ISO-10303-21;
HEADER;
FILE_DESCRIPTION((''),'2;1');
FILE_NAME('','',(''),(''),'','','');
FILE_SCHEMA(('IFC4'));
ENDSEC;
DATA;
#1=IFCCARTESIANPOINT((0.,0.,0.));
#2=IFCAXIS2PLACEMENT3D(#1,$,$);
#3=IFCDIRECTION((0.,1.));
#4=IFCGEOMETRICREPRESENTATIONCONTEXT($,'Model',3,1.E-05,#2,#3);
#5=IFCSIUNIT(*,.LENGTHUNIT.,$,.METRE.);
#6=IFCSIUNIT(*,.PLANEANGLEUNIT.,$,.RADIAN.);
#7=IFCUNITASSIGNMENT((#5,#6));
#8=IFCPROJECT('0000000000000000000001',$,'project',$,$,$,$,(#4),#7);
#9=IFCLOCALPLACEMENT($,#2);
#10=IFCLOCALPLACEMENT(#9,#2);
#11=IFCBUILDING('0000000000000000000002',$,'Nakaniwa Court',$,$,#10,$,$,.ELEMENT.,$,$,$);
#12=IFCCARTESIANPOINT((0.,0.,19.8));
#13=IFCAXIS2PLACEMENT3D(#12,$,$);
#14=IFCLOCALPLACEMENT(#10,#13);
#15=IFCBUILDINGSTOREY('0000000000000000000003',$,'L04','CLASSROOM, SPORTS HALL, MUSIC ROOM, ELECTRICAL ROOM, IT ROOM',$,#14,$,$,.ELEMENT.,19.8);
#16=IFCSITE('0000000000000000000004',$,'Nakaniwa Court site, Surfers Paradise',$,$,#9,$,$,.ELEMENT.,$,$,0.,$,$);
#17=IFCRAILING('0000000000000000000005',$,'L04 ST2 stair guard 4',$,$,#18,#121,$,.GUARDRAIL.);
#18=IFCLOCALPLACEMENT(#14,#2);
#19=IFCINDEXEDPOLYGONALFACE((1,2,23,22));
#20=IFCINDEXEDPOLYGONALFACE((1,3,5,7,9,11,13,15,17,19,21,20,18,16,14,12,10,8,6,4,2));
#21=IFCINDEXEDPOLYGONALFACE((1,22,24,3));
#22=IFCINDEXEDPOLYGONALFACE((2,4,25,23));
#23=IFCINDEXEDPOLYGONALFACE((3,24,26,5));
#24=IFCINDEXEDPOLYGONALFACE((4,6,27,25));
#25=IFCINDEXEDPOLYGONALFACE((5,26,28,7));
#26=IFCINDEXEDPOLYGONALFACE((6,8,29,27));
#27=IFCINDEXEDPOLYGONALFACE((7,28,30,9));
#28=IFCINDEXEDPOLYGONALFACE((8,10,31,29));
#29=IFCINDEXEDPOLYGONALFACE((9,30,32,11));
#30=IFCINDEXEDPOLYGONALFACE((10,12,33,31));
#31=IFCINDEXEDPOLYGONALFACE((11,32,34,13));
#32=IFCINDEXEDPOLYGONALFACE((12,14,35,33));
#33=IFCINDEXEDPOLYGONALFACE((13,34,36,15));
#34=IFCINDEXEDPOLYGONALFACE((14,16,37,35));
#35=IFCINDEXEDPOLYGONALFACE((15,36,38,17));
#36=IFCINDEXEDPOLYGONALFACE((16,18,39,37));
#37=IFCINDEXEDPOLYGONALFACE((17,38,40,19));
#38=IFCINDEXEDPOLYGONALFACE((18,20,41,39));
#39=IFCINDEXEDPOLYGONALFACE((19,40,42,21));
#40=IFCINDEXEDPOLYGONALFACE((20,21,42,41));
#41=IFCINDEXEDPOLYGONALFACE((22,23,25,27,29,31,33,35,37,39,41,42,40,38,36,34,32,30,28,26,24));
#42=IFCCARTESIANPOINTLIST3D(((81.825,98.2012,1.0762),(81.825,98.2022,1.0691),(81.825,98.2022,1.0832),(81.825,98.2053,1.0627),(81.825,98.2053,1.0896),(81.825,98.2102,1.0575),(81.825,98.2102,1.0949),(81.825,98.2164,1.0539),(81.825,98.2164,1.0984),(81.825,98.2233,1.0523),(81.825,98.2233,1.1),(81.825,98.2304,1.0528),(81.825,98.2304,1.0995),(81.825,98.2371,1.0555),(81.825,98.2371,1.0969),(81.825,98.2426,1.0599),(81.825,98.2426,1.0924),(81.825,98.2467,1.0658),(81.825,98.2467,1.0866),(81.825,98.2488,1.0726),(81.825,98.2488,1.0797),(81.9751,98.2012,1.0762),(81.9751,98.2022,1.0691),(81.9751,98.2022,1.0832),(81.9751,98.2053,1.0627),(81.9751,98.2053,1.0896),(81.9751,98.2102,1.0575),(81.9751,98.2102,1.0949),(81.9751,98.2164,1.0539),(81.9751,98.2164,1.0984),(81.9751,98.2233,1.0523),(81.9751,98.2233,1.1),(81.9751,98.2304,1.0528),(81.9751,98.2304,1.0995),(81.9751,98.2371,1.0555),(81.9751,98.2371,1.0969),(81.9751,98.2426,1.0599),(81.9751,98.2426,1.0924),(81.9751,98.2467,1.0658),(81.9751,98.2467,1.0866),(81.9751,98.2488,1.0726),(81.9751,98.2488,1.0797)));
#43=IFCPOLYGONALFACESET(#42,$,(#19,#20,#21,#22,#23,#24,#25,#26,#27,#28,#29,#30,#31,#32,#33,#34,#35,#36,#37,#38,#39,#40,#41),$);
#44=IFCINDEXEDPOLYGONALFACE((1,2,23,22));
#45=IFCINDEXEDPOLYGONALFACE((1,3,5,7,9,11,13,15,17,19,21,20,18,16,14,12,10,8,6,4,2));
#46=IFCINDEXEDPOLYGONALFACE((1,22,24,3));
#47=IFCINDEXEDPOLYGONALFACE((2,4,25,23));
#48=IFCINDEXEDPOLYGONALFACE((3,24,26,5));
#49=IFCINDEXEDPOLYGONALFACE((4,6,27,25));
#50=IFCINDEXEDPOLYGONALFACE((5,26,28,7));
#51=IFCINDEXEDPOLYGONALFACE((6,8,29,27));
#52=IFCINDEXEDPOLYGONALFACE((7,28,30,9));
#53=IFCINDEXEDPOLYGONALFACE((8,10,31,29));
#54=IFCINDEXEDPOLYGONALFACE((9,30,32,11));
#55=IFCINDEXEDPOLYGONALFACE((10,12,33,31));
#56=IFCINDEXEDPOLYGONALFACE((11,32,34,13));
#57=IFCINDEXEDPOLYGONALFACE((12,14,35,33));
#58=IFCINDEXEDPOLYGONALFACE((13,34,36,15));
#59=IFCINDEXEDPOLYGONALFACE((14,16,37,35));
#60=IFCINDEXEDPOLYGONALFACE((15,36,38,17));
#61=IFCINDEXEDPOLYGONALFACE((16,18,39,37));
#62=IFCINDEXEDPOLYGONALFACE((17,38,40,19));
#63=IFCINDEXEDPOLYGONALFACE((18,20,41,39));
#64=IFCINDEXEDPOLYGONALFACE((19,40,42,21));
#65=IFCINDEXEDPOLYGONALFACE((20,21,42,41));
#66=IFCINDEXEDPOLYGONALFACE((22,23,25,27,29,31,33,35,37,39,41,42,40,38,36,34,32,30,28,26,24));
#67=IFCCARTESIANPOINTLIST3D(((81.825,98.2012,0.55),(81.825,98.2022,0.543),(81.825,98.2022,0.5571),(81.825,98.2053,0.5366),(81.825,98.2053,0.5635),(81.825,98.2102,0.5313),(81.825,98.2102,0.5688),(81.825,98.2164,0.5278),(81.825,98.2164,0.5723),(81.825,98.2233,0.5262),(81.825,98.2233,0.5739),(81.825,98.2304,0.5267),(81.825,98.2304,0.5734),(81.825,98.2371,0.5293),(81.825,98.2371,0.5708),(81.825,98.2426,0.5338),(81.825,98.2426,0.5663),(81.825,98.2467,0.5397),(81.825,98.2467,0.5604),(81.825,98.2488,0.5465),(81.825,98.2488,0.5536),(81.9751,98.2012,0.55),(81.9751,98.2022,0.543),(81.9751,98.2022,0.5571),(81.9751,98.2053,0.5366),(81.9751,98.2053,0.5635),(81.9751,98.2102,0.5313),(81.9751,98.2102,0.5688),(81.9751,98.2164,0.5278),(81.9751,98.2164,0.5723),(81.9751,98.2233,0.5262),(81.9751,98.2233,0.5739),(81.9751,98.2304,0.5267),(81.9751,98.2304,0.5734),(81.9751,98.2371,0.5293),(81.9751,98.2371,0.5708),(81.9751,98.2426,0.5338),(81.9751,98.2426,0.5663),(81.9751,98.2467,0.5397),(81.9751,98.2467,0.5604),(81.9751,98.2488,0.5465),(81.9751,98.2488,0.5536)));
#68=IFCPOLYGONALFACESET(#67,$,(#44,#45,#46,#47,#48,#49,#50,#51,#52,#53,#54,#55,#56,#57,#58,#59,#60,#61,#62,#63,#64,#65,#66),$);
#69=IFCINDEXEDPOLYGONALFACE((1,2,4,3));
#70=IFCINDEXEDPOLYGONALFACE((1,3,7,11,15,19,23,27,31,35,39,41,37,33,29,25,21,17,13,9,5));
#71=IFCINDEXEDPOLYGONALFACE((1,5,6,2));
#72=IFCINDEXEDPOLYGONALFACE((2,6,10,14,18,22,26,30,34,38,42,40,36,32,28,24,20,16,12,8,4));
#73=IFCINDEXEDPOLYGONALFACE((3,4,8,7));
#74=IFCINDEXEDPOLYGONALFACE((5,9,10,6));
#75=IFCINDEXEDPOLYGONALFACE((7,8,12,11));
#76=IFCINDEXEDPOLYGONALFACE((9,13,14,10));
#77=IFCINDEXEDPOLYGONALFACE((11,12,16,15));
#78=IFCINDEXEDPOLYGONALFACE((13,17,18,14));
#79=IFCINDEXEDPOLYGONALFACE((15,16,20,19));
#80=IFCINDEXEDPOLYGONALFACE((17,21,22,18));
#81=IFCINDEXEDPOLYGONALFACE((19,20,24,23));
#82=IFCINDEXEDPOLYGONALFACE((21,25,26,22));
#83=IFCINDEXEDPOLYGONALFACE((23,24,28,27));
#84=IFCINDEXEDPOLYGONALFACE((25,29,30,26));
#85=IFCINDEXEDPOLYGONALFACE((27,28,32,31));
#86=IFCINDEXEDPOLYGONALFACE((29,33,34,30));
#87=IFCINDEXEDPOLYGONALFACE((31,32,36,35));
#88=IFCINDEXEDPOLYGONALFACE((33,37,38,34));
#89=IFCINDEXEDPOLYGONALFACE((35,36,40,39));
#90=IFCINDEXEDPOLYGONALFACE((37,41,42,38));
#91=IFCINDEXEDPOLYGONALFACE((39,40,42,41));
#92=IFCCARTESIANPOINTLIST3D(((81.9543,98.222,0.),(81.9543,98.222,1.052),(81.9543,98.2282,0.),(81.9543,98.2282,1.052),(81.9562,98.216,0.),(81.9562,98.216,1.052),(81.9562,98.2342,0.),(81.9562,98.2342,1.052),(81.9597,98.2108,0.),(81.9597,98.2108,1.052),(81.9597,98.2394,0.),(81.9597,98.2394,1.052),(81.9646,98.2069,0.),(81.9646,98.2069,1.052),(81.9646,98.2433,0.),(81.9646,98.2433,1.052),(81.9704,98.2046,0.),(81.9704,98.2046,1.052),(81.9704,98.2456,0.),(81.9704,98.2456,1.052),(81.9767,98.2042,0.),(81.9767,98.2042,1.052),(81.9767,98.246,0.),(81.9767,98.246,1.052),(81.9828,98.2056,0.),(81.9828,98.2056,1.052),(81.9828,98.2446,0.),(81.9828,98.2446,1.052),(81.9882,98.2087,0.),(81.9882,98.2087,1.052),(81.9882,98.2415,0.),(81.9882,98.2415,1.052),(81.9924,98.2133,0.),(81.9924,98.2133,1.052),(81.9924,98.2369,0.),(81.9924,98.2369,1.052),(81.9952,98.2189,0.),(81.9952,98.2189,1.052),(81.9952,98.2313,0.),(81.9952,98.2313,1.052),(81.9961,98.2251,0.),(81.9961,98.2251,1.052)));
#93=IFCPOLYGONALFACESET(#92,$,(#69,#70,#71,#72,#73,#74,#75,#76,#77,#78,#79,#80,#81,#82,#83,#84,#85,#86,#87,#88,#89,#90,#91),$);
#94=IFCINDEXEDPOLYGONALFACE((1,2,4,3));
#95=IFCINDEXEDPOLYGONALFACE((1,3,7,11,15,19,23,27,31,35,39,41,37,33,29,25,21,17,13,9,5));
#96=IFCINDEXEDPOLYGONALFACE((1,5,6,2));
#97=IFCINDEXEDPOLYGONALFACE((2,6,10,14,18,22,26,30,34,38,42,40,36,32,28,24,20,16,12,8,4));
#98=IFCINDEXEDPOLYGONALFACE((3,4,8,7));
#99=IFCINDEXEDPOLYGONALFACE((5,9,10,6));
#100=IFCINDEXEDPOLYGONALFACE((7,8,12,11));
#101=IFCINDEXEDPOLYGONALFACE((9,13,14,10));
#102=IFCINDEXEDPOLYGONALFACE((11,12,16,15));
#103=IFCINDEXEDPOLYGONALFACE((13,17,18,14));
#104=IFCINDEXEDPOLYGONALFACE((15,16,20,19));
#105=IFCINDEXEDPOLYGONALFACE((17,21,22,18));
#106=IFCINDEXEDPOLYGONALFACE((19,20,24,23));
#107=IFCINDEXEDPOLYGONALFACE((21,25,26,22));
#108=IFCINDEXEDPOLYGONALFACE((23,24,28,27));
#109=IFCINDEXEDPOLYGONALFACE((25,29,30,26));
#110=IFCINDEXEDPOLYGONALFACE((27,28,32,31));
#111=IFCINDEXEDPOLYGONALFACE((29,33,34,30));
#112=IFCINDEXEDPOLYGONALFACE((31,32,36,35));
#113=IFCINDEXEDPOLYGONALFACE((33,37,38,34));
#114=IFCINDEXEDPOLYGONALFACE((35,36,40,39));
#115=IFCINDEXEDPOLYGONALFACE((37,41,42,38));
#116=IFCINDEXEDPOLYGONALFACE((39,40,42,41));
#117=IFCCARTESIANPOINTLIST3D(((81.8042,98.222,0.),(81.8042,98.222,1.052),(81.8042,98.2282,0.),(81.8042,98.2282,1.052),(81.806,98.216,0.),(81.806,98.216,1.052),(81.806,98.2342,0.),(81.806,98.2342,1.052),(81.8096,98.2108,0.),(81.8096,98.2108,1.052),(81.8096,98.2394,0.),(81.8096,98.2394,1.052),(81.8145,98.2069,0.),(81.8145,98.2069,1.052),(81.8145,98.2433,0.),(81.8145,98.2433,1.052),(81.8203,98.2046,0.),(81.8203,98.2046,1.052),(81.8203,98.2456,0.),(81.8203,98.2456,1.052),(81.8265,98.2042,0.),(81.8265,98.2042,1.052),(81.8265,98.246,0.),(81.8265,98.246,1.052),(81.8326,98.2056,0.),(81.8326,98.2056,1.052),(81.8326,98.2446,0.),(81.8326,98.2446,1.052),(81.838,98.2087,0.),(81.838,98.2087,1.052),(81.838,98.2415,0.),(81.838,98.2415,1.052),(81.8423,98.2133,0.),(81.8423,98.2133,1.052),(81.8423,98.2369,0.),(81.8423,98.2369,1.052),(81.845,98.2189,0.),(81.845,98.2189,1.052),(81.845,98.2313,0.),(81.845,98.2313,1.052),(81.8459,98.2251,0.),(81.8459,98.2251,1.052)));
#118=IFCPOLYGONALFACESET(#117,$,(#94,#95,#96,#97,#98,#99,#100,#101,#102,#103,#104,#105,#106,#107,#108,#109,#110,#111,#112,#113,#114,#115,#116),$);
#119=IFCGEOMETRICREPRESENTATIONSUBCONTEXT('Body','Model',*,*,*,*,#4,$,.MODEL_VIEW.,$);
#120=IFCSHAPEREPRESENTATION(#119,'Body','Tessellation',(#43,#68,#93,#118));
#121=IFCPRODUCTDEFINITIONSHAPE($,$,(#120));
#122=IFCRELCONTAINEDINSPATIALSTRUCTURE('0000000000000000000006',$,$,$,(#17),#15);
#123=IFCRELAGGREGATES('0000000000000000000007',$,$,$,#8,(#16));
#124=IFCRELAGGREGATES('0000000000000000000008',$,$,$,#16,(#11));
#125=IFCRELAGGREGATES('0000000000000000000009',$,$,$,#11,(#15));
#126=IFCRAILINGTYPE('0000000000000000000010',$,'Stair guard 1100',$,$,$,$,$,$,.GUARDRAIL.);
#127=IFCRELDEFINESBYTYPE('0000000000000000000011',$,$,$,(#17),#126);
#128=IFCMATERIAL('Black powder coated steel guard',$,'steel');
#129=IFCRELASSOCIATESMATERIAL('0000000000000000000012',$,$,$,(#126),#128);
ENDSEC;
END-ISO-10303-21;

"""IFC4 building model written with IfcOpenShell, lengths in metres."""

from ifc_helpers import new_model, si_unit, direction, frame, origin, origin_2d, place, context, subcontext, project, spatial, circle, extrude, material, type_object, element, save


model = new_model("IFC4")

# Units and contexts
model_context = context("Model", 3, precision=1e-05, world=origin(), true_north=direction((0.0, 1.0)))
body_context = subcontext(model_context, "Body", "Model", "MODEL_VIEW")
ifc_project = project(units=[si_unit("LENGTHUNIT", "METRE"), si_unit("PLANEANGLEUNIT", "RADIAN")], contexts=[model_context])

# Site, building, storey
site_placement = place(None, origin())
site = spatial("IfcSite", under=ifc_project, at=site_placement, Name="Nakaniwa Court site, Surfers Paradise", CompositionType="ELEMENT", RefElevation=0.0)
building_placement = place(site_placement, origin())
building = spatial("IfcBuilding", under=site, at=building_placement, Name="Nakaniwa Court", CompositionType="ELEMENT")
storey_placement = place(building_placement, frame((0.0, 0.0, 19.8)))
storey = spatial("IfcBuildingStorey", under=building, at=storey_placement, Name="L04", Description="CLASSROOM, SPORTS HALL, MUSIC ROOM, ELECTRICAL ROOM, IT ROOM", CompositionType="ELEMENT", Elevation=19.8)

# Railing
ifc_material_1 = material(Name="Black powder coated steel guard", Category="steel")
railing_type_1 = type_object("IfcRailingType", Name="Stair guard 1100", PredefinedType="GUARDRAIL", material=ifc_material_1)
railing_1_placement = place(storey_placement, frame((81.9751, 98.2251, 0.0)))
element("IfcRailing", 1, at=railing_1_placement, inside=storey, type_object=railing_type_1, Name="L04 ST2 stair guard 4", PredefinedType="GUARDRAIL", context=body_context, shape_type="SweptSolid", body=[
    extrude(circle(Radius=0.0239, at=origin_2d()), frame((0.0, 0.0, 1.0762), z_axis=(-1.0, 0.0, 0.0), x_axis=(0.0, -1.0, 0.0)), (0.0, 0.0, 1.0), 0.1501),
    extrude(circle(Radius=0.0239, at=origin_2d()), frame((0.0, 0.0, 0.55), z_axis=(-1.0, 0.0, 0.0), x_axis=(0.0, -1.0, 0.0)), (0.0, 0.0, 1.0), 0.1501),
    extrude(circle(Radius=0.021, at=origin_2d()), origin(), (0.0, 0.0, 1.0), 1.052),
    extrude(circle(Radius=0.021, at=origin_2d()), frame((-0.1501, 0.0, 0.0)), (0.0, 0.0, 1.0), 1.052),
])

save(model, "model.ifc")
